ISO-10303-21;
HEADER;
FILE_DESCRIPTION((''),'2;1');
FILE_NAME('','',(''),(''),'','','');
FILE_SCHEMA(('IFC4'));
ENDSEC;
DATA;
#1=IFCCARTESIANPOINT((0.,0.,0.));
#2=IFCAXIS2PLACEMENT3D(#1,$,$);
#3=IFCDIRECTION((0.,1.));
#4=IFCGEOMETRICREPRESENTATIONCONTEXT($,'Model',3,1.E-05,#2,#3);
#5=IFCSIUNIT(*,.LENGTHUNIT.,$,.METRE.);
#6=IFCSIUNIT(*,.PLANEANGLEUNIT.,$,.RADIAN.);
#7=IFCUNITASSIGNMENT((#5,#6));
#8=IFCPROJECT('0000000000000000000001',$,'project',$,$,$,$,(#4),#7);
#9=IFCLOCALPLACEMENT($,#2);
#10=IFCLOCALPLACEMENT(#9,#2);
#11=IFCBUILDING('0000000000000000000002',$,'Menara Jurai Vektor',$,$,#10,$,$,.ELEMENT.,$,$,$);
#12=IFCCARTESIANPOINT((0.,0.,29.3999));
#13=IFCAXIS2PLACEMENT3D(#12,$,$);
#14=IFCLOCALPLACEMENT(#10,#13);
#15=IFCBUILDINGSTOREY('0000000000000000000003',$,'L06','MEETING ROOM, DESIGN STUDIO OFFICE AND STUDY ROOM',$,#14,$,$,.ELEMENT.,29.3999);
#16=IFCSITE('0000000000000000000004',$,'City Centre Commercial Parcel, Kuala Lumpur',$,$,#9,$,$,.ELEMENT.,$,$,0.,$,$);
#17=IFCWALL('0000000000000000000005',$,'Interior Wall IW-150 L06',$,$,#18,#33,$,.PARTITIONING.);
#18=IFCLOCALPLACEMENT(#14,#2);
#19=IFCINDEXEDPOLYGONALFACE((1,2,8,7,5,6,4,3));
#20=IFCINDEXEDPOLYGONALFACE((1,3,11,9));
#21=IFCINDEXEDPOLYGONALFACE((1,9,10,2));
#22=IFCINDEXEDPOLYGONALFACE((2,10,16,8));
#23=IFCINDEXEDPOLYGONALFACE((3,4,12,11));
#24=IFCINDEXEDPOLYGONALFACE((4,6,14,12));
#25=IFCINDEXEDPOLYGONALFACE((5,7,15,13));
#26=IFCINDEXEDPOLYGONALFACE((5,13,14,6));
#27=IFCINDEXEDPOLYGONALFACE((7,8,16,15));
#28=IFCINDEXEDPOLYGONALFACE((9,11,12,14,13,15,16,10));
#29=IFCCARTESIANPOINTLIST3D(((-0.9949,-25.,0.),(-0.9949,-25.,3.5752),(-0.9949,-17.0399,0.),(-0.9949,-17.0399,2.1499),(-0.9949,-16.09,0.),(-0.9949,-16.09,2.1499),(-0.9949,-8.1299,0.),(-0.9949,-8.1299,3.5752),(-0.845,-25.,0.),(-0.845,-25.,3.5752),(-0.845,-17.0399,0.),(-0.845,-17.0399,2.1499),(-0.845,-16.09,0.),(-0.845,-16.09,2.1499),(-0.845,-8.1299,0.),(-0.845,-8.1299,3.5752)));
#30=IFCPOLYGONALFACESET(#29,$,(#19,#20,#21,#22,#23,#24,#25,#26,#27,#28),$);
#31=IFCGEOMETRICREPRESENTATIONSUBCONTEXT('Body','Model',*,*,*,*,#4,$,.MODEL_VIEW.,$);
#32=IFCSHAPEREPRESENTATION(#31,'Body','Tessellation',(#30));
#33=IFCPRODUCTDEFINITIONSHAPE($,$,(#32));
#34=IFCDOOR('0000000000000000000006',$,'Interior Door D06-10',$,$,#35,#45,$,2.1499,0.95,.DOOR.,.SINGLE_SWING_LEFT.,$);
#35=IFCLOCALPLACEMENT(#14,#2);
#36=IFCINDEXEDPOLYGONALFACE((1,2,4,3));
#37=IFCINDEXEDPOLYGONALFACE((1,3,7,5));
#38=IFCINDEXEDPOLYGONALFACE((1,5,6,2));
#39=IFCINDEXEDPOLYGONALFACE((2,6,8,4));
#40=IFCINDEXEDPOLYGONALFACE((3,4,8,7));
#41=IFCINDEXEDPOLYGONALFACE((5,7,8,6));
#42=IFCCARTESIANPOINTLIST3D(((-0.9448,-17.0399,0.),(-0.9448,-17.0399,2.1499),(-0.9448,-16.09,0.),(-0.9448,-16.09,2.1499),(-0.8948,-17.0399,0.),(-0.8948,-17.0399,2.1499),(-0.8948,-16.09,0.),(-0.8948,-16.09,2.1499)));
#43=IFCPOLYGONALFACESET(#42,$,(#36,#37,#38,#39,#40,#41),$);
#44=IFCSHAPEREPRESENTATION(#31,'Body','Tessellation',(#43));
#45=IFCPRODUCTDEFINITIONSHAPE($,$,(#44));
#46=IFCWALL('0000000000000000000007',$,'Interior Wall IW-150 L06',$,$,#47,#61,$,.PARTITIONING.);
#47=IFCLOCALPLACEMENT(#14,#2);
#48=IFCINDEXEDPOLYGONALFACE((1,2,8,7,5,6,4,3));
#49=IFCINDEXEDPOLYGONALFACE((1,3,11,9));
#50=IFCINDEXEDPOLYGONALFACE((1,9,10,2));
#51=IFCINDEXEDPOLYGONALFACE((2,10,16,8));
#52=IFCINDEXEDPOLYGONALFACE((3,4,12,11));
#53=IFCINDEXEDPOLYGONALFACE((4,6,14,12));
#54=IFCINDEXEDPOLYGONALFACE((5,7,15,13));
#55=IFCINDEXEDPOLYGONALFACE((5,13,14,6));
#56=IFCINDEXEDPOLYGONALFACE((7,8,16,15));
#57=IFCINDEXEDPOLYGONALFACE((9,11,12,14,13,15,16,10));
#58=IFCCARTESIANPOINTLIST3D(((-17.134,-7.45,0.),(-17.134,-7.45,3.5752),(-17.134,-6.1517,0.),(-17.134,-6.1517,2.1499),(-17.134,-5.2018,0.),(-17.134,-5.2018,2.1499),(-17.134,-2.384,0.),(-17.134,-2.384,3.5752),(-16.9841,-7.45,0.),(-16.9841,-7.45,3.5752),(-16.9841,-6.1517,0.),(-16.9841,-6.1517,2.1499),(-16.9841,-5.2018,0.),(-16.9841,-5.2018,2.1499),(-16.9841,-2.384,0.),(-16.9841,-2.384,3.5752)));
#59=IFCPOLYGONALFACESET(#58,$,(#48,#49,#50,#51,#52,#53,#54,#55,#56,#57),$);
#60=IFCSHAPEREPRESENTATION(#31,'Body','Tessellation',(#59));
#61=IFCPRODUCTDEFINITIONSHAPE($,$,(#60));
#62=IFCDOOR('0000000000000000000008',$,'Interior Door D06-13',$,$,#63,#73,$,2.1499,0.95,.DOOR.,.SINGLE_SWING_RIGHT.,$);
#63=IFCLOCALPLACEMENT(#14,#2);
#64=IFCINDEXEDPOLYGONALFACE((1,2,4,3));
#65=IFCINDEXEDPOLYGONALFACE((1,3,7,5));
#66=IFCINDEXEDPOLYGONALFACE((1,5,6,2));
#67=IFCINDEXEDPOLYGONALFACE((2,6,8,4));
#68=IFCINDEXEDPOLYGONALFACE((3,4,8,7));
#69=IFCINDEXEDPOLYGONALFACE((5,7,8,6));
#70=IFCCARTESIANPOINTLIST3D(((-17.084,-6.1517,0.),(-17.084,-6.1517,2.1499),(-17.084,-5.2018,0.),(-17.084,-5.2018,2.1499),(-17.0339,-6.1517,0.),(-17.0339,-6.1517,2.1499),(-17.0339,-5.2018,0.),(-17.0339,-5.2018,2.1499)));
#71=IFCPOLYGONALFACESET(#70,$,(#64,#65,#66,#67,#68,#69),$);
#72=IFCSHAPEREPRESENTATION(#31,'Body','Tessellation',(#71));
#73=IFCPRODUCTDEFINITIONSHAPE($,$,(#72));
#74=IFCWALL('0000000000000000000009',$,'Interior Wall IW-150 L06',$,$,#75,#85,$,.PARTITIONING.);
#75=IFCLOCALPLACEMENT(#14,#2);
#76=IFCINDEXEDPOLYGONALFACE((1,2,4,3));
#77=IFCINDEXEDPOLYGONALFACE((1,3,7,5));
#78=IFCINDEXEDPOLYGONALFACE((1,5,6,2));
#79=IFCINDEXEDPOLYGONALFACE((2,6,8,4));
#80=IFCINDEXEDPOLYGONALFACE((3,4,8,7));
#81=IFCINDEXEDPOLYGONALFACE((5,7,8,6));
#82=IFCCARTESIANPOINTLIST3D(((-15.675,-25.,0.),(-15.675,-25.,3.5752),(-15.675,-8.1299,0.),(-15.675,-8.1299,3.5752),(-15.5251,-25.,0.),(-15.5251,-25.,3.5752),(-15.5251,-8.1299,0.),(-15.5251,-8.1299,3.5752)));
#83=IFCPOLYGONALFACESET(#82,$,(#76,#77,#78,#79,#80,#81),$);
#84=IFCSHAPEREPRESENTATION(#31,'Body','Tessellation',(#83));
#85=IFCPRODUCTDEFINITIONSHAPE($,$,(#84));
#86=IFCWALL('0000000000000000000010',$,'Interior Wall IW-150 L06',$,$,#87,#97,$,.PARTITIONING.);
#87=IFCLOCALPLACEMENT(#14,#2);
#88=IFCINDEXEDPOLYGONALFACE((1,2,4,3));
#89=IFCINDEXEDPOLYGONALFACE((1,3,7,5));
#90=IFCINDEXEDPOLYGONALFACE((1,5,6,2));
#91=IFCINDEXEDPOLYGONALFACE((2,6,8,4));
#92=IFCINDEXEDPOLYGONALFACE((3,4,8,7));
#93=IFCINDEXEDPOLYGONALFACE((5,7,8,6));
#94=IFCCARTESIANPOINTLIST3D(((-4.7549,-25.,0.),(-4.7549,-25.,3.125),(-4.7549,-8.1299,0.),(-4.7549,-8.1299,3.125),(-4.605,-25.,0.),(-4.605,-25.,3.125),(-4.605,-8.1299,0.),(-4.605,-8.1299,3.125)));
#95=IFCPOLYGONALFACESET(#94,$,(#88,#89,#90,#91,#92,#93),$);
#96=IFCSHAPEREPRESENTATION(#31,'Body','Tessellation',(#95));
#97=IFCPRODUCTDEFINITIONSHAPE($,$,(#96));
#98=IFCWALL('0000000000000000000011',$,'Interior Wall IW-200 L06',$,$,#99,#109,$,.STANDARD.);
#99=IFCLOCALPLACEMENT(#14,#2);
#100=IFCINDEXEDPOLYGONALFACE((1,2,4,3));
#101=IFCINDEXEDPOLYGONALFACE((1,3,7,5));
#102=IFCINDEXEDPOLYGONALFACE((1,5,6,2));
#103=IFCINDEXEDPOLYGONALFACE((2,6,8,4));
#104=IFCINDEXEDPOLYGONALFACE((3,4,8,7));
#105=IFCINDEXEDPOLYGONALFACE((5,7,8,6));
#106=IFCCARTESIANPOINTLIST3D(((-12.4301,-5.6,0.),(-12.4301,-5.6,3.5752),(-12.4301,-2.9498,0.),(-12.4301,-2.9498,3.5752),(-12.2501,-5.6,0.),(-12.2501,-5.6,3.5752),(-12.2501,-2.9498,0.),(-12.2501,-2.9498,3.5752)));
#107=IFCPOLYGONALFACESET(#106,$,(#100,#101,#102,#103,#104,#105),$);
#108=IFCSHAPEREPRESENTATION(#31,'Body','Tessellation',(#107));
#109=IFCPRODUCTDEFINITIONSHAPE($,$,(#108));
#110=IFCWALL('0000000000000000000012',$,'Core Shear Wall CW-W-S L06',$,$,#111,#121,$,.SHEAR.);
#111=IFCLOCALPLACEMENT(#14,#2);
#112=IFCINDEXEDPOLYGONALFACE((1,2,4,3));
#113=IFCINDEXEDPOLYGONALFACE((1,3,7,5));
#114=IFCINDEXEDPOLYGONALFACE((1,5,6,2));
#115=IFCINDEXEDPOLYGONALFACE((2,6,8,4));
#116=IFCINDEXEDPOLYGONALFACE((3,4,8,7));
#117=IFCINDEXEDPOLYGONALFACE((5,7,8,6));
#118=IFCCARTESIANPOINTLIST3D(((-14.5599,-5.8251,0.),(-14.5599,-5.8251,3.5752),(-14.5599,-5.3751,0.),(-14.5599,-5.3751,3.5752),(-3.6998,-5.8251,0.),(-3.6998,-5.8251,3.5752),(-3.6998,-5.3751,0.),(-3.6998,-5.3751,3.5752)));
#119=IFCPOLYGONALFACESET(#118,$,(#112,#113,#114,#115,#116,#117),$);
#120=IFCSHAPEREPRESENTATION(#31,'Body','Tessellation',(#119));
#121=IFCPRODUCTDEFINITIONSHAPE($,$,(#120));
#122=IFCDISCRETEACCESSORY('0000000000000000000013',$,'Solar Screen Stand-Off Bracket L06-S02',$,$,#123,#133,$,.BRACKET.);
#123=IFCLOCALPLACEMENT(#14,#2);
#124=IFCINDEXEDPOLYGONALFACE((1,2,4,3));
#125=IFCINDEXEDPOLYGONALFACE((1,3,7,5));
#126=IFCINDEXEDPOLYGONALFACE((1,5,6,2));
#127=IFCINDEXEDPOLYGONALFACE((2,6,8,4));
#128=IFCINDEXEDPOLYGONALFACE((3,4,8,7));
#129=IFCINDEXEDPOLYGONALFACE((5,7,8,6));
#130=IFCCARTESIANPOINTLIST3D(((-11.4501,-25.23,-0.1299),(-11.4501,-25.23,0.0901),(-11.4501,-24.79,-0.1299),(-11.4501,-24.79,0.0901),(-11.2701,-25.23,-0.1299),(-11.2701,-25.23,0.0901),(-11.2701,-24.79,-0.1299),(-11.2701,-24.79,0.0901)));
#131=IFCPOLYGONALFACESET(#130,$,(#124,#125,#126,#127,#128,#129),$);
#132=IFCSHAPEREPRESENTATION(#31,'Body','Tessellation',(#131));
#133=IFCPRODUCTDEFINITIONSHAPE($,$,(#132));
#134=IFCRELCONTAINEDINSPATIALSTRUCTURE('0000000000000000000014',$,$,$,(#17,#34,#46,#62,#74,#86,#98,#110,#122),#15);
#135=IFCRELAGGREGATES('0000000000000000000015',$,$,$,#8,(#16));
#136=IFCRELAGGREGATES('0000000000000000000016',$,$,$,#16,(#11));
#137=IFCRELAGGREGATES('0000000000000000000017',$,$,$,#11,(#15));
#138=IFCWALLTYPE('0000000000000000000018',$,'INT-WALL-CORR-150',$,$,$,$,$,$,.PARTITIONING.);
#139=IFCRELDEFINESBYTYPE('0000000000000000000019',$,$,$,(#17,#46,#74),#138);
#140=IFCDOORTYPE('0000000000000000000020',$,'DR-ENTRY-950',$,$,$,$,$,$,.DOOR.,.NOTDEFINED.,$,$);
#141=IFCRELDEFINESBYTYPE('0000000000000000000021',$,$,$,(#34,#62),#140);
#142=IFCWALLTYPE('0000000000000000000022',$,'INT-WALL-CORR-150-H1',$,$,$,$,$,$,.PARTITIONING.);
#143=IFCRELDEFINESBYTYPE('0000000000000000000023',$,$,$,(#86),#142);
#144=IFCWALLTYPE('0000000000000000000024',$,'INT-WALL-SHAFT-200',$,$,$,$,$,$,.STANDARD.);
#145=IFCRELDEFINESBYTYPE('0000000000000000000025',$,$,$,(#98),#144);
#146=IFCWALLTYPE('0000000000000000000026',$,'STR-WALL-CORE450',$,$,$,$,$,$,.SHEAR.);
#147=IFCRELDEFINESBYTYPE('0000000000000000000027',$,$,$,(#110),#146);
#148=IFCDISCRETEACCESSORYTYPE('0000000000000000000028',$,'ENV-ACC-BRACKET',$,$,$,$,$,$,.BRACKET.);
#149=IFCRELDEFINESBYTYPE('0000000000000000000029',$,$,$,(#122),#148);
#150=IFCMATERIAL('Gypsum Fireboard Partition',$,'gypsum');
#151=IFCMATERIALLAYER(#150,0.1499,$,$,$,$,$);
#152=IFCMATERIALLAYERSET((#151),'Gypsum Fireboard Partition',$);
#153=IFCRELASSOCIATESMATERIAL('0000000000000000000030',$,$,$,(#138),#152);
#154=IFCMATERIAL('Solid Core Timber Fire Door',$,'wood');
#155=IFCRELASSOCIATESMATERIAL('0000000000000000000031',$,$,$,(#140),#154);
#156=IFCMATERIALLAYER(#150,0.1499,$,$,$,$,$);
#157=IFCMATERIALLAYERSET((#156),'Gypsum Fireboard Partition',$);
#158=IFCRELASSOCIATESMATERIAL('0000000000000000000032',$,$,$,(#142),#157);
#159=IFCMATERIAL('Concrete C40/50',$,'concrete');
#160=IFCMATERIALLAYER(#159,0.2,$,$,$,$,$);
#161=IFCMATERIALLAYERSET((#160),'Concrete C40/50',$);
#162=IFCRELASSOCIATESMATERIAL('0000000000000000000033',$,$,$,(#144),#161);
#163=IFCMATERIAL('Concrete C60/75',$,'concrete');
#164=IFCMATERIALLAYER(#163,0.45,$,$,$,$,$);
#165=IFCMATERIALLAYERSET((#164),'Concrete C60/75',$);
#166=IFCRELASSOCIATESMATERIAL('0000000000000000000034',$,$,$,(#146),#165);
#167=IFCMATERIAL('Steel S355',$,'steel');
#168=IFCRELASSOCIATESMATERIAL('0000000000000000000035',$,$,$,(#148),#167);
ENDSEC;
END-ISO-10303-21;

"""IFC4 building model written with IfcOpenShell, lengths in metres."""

from ifc_helpers import new_model, si_unit, direction, frame, frame_2d, origin, origin_2d, place, context, subcontext, project, spatial, rectangle, extrude, material, layer, layer_set, type_object, element, fill, save


model = new_model("IFC4")

# Units and contexts
model_context = context("Model", 3, precision=1e-05, world=origin(), true_north=direction((0.0, 1.0)))
body_context = subcontext(model_context, "Body", "Model", "MODEL_VIEW")
ifc_project = project(units=[si_unit("LENGTHUNIT", "METRE"), si_unit("PLANEANGLEUNIT", "RADIAN")], contexts=[model_context])

# Site, building, storey
site_placement = place(None, origin())
site = spatial("IfcSite", under=ifc_project, at=site_placement, Name="City Centre Commercial Parcel, Kuala Lumpur", CompositionType="ELEMENT", RefElevation=0.0)
building_placement = place(site_placement, origin())
building = spatial("IfcBuilding", under=site, at=building_placement, Name="Menara Jurai Vektor", CompositionType="ELEMENT")
storey_placement = place(building_placement, frame((0.0, 0.0, 29.3999)))
storey = spatial("IfcBuildingStorey", under=building, at=storey_placement, Name="L06", Description="MEETING ROOM, DESIGN STUDIO OFFICE AND STUDY ROOM", CompositionType="ELEMENT", Elevation=29.3999)

# Shared definitions
ifc_material_1 = material(Name="Concrete C60/75", Category="concrete")

# Shared definitions
ifc_material_2 = material(Name="Steel S355", Category="steel")

# Shared definitions
ifc_material_3 = material(Name="Gypsum Fireboard Partition", Category="gypsum")
ifc_layer_1 = layer(ifc_material_3, 0.1499)
ifc_layer_set_1 = layer_set([ifc_layer_1], Name="Gypsum Fireboard Partition")
wall_type_1 = type_object("IfcWallType", Name="INT-WALL-CORR-150", PredefinedType="PARTITIONING", material=ifc_layer_set_1)
ifc_material_4 = material(Name="Solid Core Timber Fire Door", Category="wood")
door_type = type_object("IfcDoorType", Name="DR-ENTRY-950", OperationType="NOTDEFINED", PredefinedType="DOOR", material=ifc_material_4)

# Walls, openings, doors
wall_1_placement = place(storey_placement, frame((-0.9199, -25.0, 0.0), z_axis=(0.0, 0.0, 1.0), x_axis=(0.0, 1.0, 0.0)))
wall_1 = element("IfcWall", 1, at=wall_1_placement, inside=storey, type_object=wall_type_1, Name="Interior Wall IW-150 L06", PredefinedType="PARTITIONING", context=body_context, shape_type="SweptSolid", body=[
    extrude(rectangle(XDim=16.8701, YDim=0.1499, at=frame_2d((8.4351, 0.0))), origin(), (0.0, 0.0, 1.0), 3.5752),
])
opening_1_placement = place(wall_1_placement, frame((7.96, 0.0, 0.0)))
opening_1 = element("IfcOpeningElement", 2, at=opening_1_placement, cuts=wall_1, PredefinedType="OPENING", context=body_context, shape_type="SweptSolid", body=[
    extrude(rectangle(XDim=0.95, YDim=2.1499, at=frame_2d((0.4751, 1.075))), frame((0.0, 0.085, 0.0), z_axis=(0.0, -1.0, 0.0), x_axis=(1.0, 0.0, 0.0)), (0.0, 0.0, 1.0), 0.1699),
])
door_1_placement = place(opening_1_placement, origin())
door_1 = element("IfcDoor", 3, at=door_1_placement, inside=storey, type_object=door_type, Name="Interior Door D06-10", OperationType="SINGLE_SWING_LEFT", OverallHeight=2.1499, OverallWidth=0.95, PredefinedType="DOOR", context=body_context, shape_type="SweptSolid", body=[
    extrude(rectangle(XDim=0.95, YDim=2.1499, at=frame_2d((0.4751, 1.075))), frame((0.0, 0.0249, 0.0), z_axis=(0.0, -1.0, 0.0), x_axis=(1.0, 0.0, 0.0)), (0.0, 0.0, 1.0), 0.05),
])
fill(opening_1, door_1)
wall_2_placement = place(storey_placement, frame((-17.0591, -7.45, 0.0), z_axis=(0.0, 0.0, 1.0), x_axis=(0.0, 1.0, 0.0)))
wall_2 = element("IfcWall", 4, at=wall_2_placement, inside=storey, type_object=wall_type_1, Name="Interior Wall IW-150 L06", PredefinedType="PARTITIONING", context=body_context, shape_type="SweptSolid", body=[
    extrude(rectangle(XDim=5.0659, YDim=0.1499, at=frame_2d((2.533, 0.0))), origin(), (0.0, 0.0, 1.0), 3.5752),
])
opening_2_placement = place(wall_2_placement, frame((1.2981, 0.0, 0.0)))
opening_2 = element("IfcOpeningElement", 5, at=opening_2_placement, cuts=wall_2, PredefinedType="OPENING", context=body_context, shape_type="SweptSolid", body=[
    extrude(rectangle(XDim=0.95, YDim=2.1499, at=frame_2d((0.4751, 1.075))), frame((0.0, 0.085, 0.0), z_axis=(0.0, -1.0, 0.0), x_axis=(1.0, 0.0, 0.0)), (0.0, 0.0, 1.0), 0.1699),
])
door_2_placement = place(opening_2_placement, origin())
door_2 = element("IfcDoor", 6, at=door_2_placement, inside=storey, type_object=door_type, Name="Interior Door D06-13", OperationType="SINGLE_SWING_RIGHT", OverallHeight=2.1499, OverallWidth=0.95, PredefinedType="DOOR", context=body_context, shape_type="SweptSolid", body=[
    extrude(rectangle(XDim=0.95, YDim=2.1499, at=frame_2d((0.4751, 1.075))), frame((0.0, 0.0249, 0.0), z_axis=(0.0, -1.0, 0.0), x_axis=(1.0, 0.0, 0.0)), (0.0, 0.0, 1.0), 0.05),
])
fill(opening_2, door_2)

# Walls
wall_3_placement = place(storey_placement, frame((-15.6001, -25.0, 0.0), z_axis=(0.0, 0.0, 1.0), x_axis=(0.0, 1.0, 0.0)))
element("IfcWall", 7, at=wall_3_placement, inside=storey, type_object=wall_type_1, Name="Interior Wall IW-150 L06", PredefinedType="PARTITIONING", context=body_context, shape_type="SweptSolid", body=[
    extrude(rectangle(XDim=16.8701, YDim=0.1499, at=frame_2d((8.4351, 0.0))), origin(), (0.0, 0.0, 1.0), 3.5752),
])
ifc_layer_2 = layer(ifc_material_3, 0.1499)
ifc_layer_set_2 = layer_set([ifc_layer_2], Name="Gypsum Fireboard Partition")
wall_type_2 = type_object("IfcWallType", Name="INT-WALL-CORR-150-H1", PredefinedType="PARTITIONING", material=ifc_layer_set_2)
wall_4_placement = place(storey_placement, frame((-4.6799, -25.0, 0.0), z_axis=(0.0, 0.0, 1.0), x_axis=(0.0, 1.0, 0.0)))
element("IfcWall", 8, at=wall_4_placement, inside=storey, type_object=wall_type_2, Name="Interior Wall IW-150 L06", PredefinedType="PARTITIONING", context=body_context, shape_type="SweptSolid", body=[
    extrude(rectangle(XDim=16.8701, YDim=0.1499, at=frame_2d((8.4351, 0.0))), origin(), (0.0, 0.0, 1.0), 3.125),
])
ifc_material_5 = material(Name="Concrete C40/50", Category="concrete")
ifc_layer_3 = layer(ifc_material_5, 0.2)
ifc_layer_set_3 = layer_set([ifc_layer_3], Name="Concrete C40/50")
wall_type_3 = type_object("IfcWallType", Name="INT-WALL-SHAFT-200", PredefinedType="STANDARD", material=ifc_layer_set_3)
wall_5_placement = place(storey_placement, frame((-12.3401, -5.6001, 0.0), z_axis=(0.0, 0.0, 1.0), x_axis=(0.0, 1.0, 0.0)))
element("IfcWall", 9, at=wall_5_placement, inside=storey, type_object=wall_type_3, Name="Interior Wall IW-200 L06", PredefinedType="STANDARD", context=body_context, shape_type="SweptSolid", body=[
    extrude(rectangle(XDim=2.6501, YDim=0.1799, at=frame_2d((1.3252, 0.0))), origin(), (0.0, 0.0, 1.0), 3.5752),
])
ifc_layer_4 = layer(ifc_material_1, 0.45)
ifc_layer_set_4 = layer_set([ifc_layer_4], Name="Concrete C60/75")
wall_type_4 = type_object("IfcWallType", Name="STR-WALL-CORE450", PredefinedType="SHEAR", material=ifc_layer_set_4)
wall_6_placement = place(storey_placement, frame((-14.5601, -5.6001, 0.0), z_axis=(0.0, 0.0, 1.0), x_axis=(1.0, 0.0, 0.0)))
element("IfcWall", 10, at=wall_6_placement, inside=storey, type_object=wall_type_4, Name="Core Shear Wall CW-W-S L06", PredefinedType="SHEAR", context=body_context, shape_type="SweptSolid", body=[
    extrude(rectangle(XDim=10.8601, YDim=0.45, at=frame_2d((5.4302, 0.0))), origin(), (0.0, 0.0, 1.0), 3.5752),
])

# Discrete accessory
discrete_accessory_type = type_object("IfcDiscreteAccessoryType", Name="ENV-ACC-BRACKET", PredefinedType="BRACKET", material=ifc_material_2)
discrete_accessory_placement = place(storey_placement, frame((-11.3601, -25.01, -0.1299), z_axis=(0.0, 0.0, 1.0), x_axis=(1.0, 0.0, 0.0)))
element("IfcDiscreteAccessory", 11, at=discrete_accessory_placement, inside=storey, type_object=discrete_accessory_type, Name="Solar Screen Stand-Off Bracket L06-S02", PredefinedType="BRACKET", context=body_context, shape_type="SweptSolid", body=[
    extrude(rectangle(XDim=0.1799, YDim=0.4399, at=origin_2d()), origin(), (0.0, 0.0, 1.0), 0.22),
])

save(model, "model.ifc")
